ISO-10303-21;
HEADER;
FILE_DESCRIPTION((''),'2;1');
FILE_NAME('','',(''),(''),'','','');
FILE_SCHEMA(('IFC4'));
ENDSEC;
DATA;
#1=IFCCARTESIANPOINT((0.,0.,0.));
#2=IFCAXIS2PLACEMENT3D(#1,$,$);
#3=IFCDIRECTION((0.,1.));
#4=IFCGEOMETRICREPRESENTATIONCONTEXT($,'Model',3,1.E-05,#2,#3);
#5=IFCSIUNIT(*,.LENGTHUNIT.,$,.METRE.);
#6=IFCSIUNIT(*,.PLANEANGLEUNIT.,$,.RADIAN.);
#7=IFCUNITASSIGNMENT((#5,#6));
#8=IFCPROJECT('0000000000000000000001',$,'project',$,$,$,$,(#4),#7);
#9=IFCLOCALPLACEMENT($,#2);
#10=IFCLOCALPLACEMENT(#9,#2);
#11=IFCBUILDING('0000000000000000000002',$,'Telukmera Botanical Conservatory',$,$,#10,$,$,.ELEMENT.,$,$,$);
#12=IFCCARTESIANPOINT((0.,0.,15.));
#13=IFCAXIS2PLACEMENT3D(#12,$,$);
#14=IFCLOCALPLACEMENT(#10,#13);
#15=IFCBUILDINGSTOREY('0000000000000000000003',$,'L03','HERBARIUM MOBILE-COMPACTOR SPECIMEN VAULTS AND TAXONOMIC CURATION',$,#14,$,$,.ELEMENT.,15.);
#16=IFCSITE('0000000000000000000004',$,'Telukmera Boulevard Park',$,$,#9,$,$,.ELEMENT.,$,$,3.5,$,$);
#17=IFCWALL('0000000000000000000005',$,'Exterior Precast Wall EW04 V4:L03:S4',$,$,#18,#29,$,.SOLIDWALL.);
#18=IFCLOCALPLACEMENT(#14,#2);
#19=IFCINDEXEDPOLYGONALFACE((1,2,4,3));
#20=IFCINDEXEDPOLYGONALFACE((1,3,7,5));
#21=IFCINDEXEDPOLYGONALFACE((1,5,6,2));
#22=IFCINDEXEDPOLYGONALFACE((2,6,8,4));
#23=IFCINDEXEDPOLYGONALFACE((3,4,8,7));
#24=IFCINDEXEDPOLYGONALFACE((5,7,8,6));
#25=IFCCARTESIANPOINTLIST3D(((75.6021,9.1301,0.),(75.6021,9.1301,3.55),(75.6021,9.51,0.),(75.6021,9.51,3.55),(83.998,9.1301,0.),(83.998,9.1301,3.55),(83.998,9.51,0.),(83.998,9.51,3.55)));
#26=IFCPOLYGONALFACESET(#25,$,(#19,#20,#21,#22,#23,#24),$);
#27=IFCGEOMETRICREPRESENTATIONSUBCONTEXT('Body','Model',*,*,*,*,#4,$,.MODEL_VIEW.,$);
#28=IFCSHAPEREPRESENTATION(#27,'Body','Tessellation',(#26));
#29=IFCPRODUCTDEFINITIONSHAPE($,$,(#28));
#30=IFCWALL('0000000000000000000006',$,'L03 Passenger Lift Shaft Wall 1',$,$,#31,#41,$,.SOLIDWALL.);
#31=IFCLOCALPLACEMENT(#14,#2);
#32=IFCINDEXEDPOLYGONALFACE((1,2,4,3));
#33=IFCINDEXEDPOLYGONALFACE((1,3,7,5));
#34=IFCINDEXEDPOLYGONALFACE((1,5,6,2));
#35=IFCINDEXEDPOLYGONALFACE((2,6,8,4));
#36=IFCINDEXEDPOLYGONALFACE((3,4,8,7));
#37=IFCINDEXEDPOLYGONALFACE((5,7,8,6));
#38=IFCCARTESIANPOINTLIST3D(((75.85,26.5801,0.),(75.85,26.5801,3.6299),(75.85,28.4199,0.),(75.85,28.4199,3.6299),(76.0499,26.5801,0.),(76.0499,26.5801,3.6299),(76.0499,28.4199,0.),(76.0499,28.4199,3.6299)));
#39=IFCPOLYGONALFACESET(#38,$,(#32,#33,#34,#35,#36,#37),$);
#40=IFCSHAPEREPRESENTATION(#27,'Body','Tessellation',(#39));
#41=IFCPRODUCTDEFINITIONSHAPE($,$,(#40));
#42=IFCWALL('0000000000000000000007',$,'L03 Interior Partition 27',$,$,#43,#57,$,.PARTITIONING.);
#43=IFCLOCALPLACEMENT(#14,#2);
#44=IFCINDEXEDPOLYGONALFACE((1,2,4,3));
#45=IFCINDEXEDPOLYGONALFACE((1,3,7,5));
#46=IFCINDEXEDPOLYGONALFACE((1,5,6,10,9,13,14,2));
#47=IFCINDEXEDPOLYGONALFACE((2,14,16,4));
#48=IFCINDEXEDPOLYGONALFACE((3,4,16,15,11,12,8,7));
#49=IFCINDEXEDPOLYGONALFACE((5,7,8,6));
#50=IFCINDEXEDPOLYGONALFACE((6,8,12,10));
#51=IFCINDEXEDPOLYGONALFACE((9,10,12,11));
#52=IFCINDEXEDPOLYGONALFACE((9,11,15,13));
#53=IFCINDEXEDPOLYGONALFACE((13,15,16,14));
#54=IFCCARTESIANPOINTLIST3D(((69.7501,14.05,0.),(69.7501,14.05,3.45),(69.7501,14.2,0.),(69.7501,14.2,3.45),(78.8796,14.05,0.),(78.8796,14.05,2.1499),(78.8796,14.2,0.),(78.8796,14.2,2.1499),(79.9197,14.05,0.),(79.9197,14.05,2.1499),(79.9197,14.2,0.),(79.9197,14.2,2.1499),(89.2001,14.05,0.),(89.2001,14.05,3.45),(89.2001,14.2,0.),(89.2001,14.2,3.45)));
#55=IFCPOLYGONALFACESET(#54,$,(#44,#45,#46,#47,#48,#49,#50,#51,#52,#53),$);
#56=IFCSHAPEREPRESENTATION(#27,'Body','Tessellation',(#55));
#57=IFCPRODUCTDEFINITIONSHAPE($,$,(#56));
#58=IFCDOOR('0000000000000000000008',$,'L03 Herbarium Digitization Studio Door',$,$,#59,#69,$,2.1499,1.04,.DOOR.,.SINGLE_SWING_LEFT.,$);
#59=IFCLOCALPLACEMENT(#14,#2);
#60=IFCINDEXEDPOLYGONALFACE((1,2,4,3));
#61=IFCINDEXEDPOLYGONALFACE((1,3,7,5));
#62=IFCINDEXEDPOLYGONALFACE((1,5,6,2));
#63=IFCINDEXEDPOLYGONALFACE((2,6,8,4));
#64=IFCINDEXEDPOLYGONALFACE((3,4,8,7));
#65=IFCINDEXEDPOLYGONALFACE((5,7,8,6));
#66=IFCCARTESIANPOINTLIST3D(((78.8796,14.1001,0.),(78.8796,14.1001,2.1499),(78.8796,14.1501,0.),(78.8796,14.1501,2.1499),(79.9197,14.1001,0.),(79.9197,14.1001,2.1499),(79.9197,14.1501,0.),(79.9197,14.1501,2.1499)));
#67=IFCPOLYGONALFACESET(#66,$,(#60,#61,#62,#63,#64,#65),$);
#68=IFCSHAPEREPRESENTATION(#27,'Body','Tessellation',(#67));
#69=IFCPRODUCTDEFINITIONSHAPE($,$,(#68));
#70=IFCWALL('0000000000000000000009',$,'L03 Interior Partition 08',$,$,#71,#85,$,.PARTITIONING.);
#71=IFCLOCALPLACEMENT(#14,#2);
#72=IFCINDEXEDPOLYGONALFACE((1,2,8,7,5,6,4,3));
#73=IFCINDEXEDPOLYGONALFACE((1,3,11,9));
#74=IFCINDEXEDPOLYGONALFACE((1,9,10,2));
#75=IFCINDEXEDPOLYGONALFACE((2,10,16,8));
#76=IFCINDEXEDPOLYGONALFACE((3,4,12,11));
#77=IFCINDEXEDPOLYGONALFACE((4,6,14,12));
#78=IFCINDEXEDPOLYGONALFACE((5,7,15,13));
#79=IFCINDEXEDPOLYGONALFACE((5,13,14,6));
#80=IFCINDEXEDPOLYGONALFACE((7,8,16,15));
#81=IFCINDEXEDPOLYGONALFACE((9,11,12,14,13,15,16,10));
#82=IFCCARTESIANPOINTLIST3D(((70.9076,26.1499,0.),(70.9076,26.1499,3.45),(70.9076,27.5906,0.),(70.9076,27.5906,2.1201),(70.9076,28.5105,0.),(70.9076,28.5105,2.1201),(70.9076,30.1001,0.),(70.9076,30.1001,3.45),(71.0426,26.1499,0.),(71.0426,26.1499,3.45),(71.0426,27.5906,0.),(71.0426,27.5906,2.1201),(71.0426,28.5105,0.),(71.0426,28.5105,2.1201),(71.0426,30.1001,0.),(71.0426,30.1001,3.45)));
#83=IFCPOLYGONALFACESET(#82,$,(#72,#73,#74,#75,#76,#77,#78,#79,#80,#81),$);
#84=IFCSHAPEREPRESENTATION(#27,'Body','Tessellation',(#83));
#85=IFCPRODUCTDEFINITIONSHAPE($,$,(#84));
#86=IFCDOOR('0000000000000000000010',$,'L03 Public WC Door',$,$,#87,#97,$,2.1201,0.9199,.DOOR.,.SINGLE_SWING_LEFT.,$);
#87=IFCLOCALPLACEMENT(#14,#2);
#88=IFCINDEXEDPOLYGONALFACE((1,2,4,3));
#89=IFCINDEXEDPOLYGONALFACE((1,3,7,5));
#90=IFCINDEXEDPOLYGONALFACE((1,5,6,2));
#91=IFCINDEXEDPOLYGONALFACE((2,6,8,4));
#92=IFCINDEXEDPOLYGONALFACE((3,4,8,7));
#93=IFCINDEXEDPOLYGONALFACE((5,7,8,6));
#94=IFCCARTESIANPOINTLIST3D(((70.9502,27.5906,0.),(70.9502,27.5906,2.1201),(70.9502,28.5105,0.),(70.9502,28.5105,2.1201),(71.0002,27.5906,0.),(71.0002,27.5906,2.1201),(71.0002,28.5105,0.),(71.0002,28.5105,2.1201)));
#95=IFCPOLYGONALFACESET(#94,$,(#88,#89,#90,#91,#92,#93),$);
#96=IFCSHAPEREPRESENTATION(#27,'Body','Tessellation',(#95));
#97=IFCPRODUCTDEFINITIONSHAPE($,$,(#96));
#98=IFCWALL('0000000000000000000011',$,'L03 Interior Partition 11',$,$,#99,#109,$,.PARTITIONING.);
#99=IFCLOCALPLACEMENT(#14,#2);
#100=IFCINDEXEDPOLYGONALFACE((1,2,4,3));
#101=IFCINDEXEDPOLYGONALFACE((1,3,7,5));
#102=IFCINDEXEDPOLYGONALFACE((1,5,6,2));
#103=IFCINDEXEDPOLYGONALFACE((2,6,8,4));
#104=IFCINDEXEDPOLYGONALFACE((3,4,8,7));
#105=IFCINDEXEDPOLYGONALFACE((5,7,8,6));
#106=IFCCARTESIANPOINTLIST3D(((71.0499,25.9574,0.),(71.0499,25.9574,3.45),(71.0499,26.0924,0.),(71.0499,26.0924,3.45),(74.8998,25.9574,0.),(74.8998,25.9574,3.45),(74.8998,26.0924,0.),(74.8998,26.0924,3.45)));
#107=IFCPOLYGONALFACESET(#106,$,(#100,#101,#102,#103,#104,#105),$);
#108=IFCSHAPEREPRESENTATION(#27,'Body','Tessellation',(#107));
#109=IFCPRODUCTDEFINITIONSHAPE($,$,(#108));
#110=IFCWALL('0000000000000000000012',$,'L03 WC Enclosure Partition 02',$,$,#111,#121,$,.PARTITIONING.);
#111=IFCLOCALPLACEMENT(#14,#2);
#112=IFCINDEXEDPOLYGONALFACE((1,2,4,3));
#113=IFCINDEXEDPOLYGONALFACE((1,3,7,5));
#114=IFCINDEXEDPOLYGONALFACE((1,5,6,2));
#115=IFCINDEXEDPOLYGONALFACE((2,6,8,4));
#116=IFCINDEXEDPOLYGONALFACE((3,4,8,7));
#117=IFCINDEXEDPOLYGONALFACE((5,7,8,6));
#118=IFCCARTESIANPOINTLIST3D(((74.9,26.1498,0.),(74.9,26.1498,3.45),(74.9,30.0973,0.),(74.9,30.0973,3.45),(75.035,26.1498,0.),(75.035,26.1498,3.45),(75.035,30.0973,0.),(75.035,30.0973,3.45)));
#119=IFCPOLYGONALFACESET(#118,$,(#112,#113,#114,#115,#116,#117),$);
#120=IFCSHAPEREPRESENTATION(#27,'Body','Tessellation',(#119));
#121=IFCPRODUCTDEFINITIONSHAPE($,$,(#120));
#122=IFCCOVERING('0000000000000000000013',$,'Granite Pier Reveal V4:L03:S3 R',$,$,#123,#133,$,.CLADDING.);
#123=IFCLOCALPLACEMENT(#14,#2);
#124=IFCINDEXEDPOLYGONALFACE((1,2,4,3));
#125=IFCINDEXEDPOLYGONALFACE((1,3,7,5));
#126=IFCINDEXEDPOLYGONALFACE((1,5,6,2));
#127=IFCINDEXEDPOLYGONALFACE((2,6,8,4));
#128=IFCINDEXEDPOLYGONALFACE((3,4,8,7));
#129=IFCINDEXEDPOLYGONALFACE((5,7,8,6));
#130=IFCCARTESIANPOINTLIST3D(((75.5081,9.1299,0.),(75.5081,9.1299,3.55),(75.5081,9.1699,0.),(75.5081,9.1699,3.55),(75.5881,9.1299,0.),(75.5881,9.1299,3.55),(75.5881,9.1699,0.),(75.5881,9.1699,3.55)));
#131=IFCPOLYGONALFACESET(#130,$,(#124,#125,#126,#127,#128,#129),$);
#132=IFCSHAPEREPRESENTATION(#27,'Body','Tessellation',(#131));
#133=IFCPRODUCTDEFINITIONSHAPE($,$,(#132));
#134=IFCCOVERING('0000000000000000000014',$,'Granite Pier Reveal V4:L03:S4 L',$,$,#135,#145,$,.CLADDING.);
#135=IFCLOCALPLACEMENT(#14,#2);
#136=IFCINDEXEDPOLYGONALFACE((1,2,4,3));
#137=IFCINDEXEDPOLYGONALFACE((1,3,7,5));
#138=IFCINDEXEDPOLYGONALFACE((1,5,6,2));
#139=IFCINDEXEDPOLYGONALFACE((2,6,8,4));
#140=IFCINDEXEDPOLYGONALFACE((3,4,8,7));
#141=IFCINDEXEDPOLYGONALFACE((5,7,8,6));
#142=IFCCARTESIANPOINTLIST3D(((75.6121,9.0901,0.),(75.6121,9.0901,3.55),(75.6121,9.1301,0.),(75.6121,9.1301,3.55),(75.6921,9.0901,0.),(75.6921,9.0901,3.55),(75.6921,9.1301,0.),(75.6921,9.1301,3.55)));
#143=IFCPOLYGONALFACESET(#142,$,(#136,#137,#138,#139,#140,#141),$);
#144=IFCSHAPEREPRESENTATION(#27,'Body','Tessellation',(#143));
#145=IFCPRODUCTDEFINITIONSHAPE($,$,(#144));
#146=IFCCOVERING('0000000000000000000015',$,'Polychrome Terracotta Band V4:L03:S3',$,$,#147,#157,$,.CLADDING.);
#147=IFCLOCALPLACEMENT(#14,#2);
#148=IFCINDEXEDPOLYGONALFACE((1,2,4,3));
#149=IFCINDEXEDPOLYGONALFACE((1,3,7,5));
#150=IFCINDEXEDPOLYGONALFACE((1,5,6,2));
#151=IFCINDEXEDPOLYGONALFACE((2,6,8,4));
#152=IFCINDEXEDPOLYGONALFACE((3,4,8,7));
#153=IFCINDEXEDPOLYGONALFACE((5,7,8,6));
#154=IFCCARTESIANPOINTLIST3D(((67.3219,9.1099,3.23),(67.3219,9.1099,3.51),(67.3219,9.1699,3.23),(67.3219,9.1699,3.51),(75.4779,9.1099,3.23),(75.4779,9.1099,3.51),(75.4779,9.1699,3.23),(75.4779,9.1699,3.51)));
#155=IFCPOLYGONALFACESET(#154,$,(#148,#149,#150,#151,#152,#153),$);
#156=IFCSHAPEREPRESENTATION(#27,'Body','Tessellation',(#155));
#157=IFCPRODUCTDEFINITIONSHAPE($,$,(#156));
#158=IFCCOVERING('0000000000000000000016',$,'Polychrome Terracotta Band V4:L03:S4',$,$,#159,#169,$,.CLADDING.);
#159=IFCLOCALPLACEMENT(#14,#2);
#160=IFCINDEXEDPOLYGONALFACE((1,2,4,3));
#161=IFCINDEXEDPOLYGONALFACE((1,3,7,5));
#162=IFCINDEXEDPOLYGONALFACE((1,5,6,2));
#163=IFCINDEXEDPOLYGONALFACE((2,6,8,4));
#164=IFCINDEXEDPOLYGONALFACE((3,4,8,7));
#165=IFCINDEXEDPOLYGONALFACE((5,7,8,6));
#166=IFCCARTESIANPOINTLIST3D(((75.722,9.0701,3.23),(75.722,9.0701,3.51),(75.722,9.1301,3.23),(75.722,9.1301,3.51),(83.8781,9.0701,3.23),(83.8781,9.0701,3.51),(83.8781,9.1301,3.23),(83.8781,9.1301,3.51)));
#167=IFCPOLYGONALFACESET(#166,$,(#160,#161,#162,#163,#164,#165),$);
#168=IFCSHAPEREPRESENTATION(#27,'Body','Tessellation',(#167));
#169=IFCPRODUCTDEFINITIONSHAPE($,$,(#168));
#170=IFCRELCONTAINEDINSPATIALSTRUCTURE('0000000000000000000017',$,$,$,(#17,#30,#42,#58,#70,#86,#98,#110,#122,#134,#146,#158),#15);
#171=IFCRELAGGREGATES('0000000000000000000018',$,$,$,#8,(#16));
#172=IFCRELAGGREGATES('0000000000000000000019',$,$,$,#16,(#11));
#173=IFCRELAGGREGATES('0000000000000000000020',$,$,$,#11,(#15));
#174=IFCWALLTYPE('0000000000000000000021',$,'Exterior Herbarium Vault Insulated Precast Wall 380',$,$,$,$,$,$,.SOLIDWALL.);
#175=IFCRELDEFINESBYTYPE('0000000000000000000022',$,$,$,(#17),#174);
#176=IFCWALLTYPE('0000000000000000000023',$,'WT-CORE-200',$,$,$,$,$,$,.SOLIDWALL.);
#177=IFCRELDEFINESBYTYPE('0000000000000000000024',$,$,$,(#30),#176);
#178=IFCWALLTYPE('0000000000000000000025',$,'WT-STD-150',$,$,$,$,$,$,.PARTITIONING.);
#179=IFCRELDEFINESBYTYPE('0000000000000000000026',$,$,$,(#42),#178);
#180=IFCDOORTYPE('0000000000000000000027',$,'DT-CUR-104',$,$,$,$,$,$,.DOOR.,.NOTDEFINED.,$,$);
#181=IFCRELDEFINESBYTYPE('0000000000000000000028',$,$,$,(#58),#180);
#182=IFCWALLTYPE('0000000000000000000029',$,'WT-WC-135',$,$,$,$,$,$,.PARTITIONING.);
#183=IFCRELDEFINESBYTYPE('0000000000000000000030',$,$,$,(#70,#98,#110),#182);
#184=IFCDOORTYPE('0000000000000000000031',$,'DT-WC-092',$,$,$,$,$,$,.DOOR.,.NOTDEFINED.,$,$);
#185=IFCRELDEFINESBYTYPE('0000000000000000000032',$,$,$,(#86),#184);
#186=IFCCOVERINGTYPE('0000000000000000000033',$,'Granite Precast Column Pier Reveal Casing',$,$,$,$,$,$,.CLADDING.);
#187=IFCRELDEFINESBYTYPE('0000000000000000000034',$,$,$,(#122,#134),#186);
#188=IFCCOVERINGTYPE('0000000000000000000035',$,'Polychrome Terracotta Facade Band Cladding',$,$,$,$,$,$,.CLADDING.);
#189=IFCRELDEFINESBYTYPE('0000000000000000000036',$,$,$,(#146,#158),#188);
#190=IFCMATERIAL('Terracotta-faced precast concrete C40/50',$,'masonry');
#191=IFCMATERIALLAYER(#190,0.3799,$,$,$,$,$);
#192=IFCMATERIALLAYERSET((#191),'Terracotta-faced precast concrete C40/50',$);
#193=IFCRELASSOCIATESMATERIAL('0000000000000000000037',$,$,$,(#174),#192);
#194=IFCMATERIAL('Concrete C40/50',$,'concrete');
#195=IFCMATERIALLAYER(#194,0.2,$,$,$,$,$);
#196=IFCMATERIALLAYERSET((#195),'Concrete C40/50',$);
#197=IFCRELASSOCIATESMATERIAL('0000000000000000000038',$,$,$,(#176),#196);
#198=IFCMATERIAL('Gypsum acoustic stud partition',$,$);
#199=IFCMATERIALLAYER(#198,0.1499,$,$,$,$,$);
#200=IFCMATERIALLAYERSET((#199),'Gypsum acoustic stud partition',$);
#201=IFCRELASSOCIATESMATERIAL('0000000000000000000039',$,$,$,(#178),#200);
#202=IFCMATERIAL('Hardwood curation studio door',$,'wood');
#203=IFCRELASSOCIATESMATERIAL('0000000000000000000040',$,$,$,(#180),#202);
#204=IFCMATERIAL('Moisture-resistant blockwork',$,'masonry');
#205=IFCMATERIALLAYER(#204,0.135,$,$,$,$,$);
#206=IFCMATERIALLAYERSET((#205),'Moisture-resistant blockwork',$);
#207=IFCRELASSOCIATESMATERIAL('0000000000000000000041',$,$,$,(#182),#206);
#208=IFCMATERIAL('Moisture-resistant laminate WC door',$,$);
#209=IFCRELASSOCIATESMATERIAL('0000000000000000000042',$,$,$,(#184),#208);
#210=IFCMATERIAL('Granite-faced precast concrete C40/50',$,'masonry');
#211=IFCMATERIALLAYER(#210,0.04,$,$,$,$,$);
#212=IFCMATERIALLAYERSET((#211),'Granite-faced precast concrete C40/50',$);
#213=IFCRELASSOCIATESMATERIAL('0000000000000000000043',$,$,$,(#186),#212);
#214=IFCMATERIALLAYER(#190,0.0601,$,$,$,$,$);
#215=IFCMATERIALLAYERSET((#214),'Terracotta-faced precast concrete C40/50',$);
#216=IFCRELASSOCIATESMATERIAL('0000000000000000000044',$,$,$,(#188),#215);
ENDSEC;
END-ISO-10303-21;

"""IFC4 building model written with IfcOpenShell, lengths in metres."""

from ifc_helpers import new_model, si_unit, direction, frame, frame_2d, origin, origin_2d, place, context, subcontext, project, spatial, rectangle, extrude, material, layer, layer_set, type_object, element, fill, save


model = new_model("IFC4")

# Units and contexts
model_context = context("Model", 3, precision=1e-05, world=origin(), true_north=direction((0.0, 1.0)))
body_context = subcontext(model_context, "Body", "Model", "MODEL_VIEW")
ifc_project = project(units=[si_unit("LENGTHUNIT", "METRE"), si_unit("PLANEANGLEUNIT", "RADIAN")], contexts=[model_context])

# Site, building, storey
site_placement = place(None, origin())
site = spatial("IfcSite", under=ifc_project, at=site_placement, Name="Telukmera Boulevard Park", CompositionType="ELEMENT", RefElevation=3.5)
building_placement = place(site_placement, origin())
building = spatial("IfcBuilding", under=site, at=building_placement, Name="Telukmera Botanical Conservatory", CompositionType="ELEMENT")
storey_placement = place(building_placement, frame((0.0, 0.0, 15.0)))
storey = spatial("IfcBuildingStorey", under=building, at=storey_placement, Name="L03", Description="HERBARIUM MOBILE-COMPACTOR SPECIMEN VAULTS AND TAXONOMIC CURATION", CompositionType="ELEMENT", Elevation=15.0)

# Shared definitions
ifc_material_1 = material(Name="Concrete C40/50", Category="concrete")

# Wall
ifc_material_2 = material(Name="Terracotta-faced precast concrete C40/50", Category="masonry")
ifc_layer_1 = layer(ifc_material_2, 0.3799)
ifc_layer_set_1 = layer_set([ifc_layer_1], Name="Terracotta-faced precast concrete C40/50")
wall_type_1 = type_object("IfcWallType", Name="Exterior Herbarium Vault Insulated Precast Wall 380", PredefinedType="SOLIDWALL", material=ifc_layer_set_1)
wall_1_placement = place(storey_placement, frame((75.6021, 9.3201, 0.0), z_axis=(0.0, 0.0, 1.0), x_axis=(1.0, 0.0, 0.0)))
element("IfcWall", 1, at=wall_1_placement, inside=storey, type_object=wall_type_1, Name="Exterior Precast Wall EW04 V4:L03:S4", PredefinedType="SOLIDWALL", context=body_context, shape_type="SweptSolid", body=[
    extrude(rectangle(XDim=8.396, YDim=0.3799, at=frame_2d((4.198, 0.0))), origin(), (0.0, 0.0, 1.0), 3.55),
])

# Shared definitions
ifc_layer_2 = layer(ifc_material_1, 0.2)
ifc_layer_set_2 = layer_set([ifc_layer_2], Name="Concrete C40/50")
wall_type_2 = type_object("IfcWallType", Name="WT-CORE-200", PredefinedType="SOLIDWALL", material=ifc_layer_set_2)

# Wall
wall_2_placement = place(storey_placement, frame((75.95, 26.5801, 0.0), z_axis=(0.0, 0.0, 1.0), x_axis=(0.0, 1.0, 0.0)))
element("IfcWall", 2, at=wall_2_placement, inside=storey, type_object=wall_type_2, Name="L03 Passenger Lift Shaft Wall 1", PredefinedType="SOLIDWALL", context=body_context, shape_type="SweptSolid", body=[
    extrude(rectangle(XDim=1.8398, YDim=0.2, at=frame_2d((0.9199, 0.0))), origin(), (0.0, 0.0, 1.0), 3.6299),
])

# Walls, openings, doors
ifc_material_3 = material(Name="Gypsum acoustic stud partition")
ifc_layer_3 = layer(ifc_material_3, 0.1499)
ifc_layer_set_3 = layer_set([ifc_layer_3], Name="Gypsum acoustic stud partition")
wall_type_3 = type_object("IfcWallType", Name="WT-STD-150", PredefinedType="PARTITIONING", material=ifc_layer_set_3)
wall_3_placement = place(storey_placement, frame((69.75, 14.125, 0.0), z_axis=(0.0, 0.0, 1.0), x_axis=(1.0, 0.0, 0.0)))
wall_3 = element("IfcWall", 3, at=wall_3_placement, inside=storey, type_object=wall_type_3, Name="L03 Interior Partition 27", PredefinedType="PARTITIONING", context=body_context, shape_type="SweptSolid", body=[
    extrude(rectangle(XDim=19.45, YDim=0.1499, at=frame_2d((9.7251, 0.0))), origin(), (0.0, 0.0, 1.0), 3.45),
])
opening_1_placement = place(wall_3_placement, frame((9.1296, 0.0, 0.0)))
opening_1 = element("IfcOpeningElement", 4, at=opening_1_placement, cuts=wall_3, PredefinedType="OPENING", context=body_context, shape_type="SweptSolid", body=[
    extrude(rectangle(XDim=1.04, YDim=2.1499, at=frame_2d((0.52, 1.075))), frame((0.0, 0.085, 0.0), z_axis=(0.0, -1.0, 0.0), x_axis=(1.0, 0.0, 0.0)), (0.0, 0.0, 1.0), 0.1699),
])
ifc_material_4 = material(Name="Hardwood curation studio door", Category="wood")
door_type_1 = type_object("IfcDoorType", Name="DT-CUR-104", OperationType="NOTDEFINED", PredefinedType="DOOR", material=ifc_material_4)
door_1_placement = place(opening_1_placement, frame((1.04, 0.0, 0.0), z_axis=(0.0, 0.0, 1.0), x_axis=(-1.0, 0.0, 0.0)))
door_1 = element("IfcDoor", 5, at=door_1_placement, inside=storey, type_object=door_type_1, Name="L03 Herbarium Digitization Studio Door", OperationType="SINGLE_SWING_LEFT", OverallHeight=2.1499, OverallWidth=1.04, PredefinedType="DOOR", context=body_context, shape_type="SweptSolid", body=[
    extrude(rectangle(XDim=1.04, YDim=2.1499, at=frame_2d((0.52, 1.075))), frame((0.0, 0.0249, 0.0), z_axis=(0.0, -1.0, 0.0), x_axis=(1.0, 0.0, 0.0)), (0.0, 0.0, 1.0), 0.05),
])
fill(opening_1, door_1)
ifc_material_5 = material(Name="Moisture-resistant blockwork", Category="masonry")
ifc_layer_4 = layer(ifc_material_5, 0.135)
ifc_layer_set_4 = layer_set([ifc_layer_4], Name="Moisture-resistant blockwork")
wall_type_4 = type_object("IfcWallType", Name="WT-WC-135", PredefinedType="PARTITIONING", material=ifc_layer_set_4)
wall_4_placement = place(storey_placement, frame((70.9751, 26.1499, 0.0), z_axis=(0.0, 0.0, 1.0), x_axis=(0.0, 1.0, 0.0)))
wall_4 = element("IfcWall", 6, at=wall_4_placement, inside=storey, type_object=wall_type_4, Name="L03 Interior Partition 08", PredefinedType="PARTITIONING", context=body_context, shape_type="SweptSolid", body=[
    extrude(rectangle(XDim=3.9502, YDim=0.135, at=frame_2d((1.9751, 0.0))), origin(), (0.0, 0.0, 1.0), 3.45),
])
opening_2_placement = place(wall_4_placement, frame((1.4407, 0.0, 0.0)))
opening_2 = element("IfcOpeningElement", 7, at=opening_2_placement, cuts=wall_4, PredefinedType="OPENING", context=body_context, shape_type="SweptSolid", body=[
    extrude(rectangle(XDim=0.9199, YDim=2.1201, at=frame_2d((0.46, 1.0601))), frame((0.0, 0.0774, 0.0), z_axis=(0.0, -1.0, 0.0), x_axis=(1.0, 0.0, 0.0)), (0.0, 0.0, 1.0), 0.155),
])
ifc_material_6 = material(Name="Moisture-resistant laminate WC door")
door_type_2 = type_object("IfcDoorType", Name="DT-WC-092", OperationType="NOTDEFINED", PredefinedType="DOOR", material=ifc_material_6)
door_2_placement = place(opening_2_placement, origin())
door_2 = element("IfcDoor", 8, at=door_2_placement, inside=storey, type_object=door_type_2, Name="L03 Public WC Door", OperationType="SINGLE_SWING_LEFT", OverallHeight=2.1201, OverallWidth=0.9199, PredefinedType="DOOR", context=body_context, shape_type="SweptSolid", body=[
    extrude(rectangle(XDim=0.9199, YDim=2.1201, at=frame_2d((0.46, 1.0601))), frame((0.0, 0.0249, 0.0), z_axis=(0.0, -1.0, 0.0), x_axis=(1.0, 0.0, 0.0)), (0.0, 0.0, 1.0), 0.05),
])
fill(opening_2, door_2)

# Walls
wall_5_placement = place(storey_placement, frame((71.05, 26.0249, 0.0), z_axis=(0.0, 0.0, 1.0), x_axis=(1.0, 0.0, 0.0)))
element("IfcWall", 9, at=wall_5_placement, inside=storey, type_object=wall_type_4, Name="L03 Interior Partition 11", PredefinedType="PARTITIONING", context=body_context, shape_type="SweptSolid", body=[
    extrude(rectangle(XDim=3.8499, YDim=0.135, at=frame_2d((1.9248, 0.0))), origin(), (0.0, 0.0, 1.0), 3.45),
])
wall_6_placement = place(storey_placement, frame((74.9675, 26.1499, 0.0), z_axis=(0.0, 0.0, 1.0), x_axis=(0.0, 1.0, 0.0)))
element("IfcWall", 10, at=wall_6_placement, inside=storey, type_object=wall_type_4, Name="L03 WC Enclosure Partition 02", PredefinedType="PARTITIONING", context=body_context, shape_type="SweptSolid", body=[
    extrude(rectangle(XDim=3.9475, YDim=0.135, at=frame_2d((1.9736, 0.0))), origin(), (0.0, 0.0, 1.0), 3.45),
])

# Coverings
ifc_material_7 = material(Name="Granite-faced precast concrete C40/50", Category="masonry")
ifc_layer_5 = layer(ifc_material_7, 0.04)
ifc_layer_set_5 = layer_set([ifc_layer_5], Name="Granite-faced precast concrete C40/50")
covering_type_1 = type_object("IfcCoveringType", Name="Granite Precast Column Pier Reveal Casing", PredefinedType="CLADDING", material=ifc_layer_set_5)
for number, where, z_axis, x_axis, name in (
    (11, (75.5481, 9.1499, 0.0), (0.0, 0.0, 1.0), (1.0, 0.0, 0.0), "Granite Pier Reveal V4:L03:S3 R"),
    (12, (75.6521, 9.1101, 0.0), (0.0, 0.0, 1.0), (1.0, 0.0, 0.0), "Granite Pier Reveal V4:L03:S4 L"),
):
    element("IfcCovering", number, at=place(storey_placement, frame(where, z_axis=z_axis, x_axis=x_axis)), inside=storey, type_object=covering_type_1, Name=name, PredefinedType="CLADDING", context=body_context, shape_type="SweptSolid", body=[
        extrude(rectangle(XDim=0.0801, YDim=0.04, at=origin_2d()), origin(), (0.0, 0.0, 1.0), 3.55),
    ])
ifc_layer_6 = layer(ifc_material_2, 0.0601)
ifc_layer_set_6 = layer_set([ifc_layer_6], Name="Terracotta-faced precast concrete C40/50")
covering_type_2 = type_object("IfcCoveringType", Name="Polychrome Terracotta Facade Band Cladding", PredefinedType="CLADDING", material=ifc_layer_set_6)
for number, where, z_axis, x_axis, name in (
    (13, (71.3999, 9.1399, 3.23), (0.0, 0.0, 1.0), (1.0, 0.0, 0.0), "Polychrome Terracotta Band V4:L03:S3"),
    (14, (79.8, 9.1001, 3.23), (0.0, 0.0, 1.0), (1.0, 0.0, 0.0), "Polychrome Terracotta Band V4:L03:S4"),
):
    element("IfcCovering", number, at=place(storey_placement, frame(where, z_axis=z_axis, x_axis=x_axis)), inside=storey, type_object=covering_type_2, Name=name, PredefinedType="CLADDING", context=body_context, shape_type="SweptSolid", body=[
        extrude(rectangle(XDim=8.156, YDim=0.0601, at=origin_2d()), origin(), (0.0, 0.0, 1.0), 0.28),
    ])

save(model, "model.ifc")
